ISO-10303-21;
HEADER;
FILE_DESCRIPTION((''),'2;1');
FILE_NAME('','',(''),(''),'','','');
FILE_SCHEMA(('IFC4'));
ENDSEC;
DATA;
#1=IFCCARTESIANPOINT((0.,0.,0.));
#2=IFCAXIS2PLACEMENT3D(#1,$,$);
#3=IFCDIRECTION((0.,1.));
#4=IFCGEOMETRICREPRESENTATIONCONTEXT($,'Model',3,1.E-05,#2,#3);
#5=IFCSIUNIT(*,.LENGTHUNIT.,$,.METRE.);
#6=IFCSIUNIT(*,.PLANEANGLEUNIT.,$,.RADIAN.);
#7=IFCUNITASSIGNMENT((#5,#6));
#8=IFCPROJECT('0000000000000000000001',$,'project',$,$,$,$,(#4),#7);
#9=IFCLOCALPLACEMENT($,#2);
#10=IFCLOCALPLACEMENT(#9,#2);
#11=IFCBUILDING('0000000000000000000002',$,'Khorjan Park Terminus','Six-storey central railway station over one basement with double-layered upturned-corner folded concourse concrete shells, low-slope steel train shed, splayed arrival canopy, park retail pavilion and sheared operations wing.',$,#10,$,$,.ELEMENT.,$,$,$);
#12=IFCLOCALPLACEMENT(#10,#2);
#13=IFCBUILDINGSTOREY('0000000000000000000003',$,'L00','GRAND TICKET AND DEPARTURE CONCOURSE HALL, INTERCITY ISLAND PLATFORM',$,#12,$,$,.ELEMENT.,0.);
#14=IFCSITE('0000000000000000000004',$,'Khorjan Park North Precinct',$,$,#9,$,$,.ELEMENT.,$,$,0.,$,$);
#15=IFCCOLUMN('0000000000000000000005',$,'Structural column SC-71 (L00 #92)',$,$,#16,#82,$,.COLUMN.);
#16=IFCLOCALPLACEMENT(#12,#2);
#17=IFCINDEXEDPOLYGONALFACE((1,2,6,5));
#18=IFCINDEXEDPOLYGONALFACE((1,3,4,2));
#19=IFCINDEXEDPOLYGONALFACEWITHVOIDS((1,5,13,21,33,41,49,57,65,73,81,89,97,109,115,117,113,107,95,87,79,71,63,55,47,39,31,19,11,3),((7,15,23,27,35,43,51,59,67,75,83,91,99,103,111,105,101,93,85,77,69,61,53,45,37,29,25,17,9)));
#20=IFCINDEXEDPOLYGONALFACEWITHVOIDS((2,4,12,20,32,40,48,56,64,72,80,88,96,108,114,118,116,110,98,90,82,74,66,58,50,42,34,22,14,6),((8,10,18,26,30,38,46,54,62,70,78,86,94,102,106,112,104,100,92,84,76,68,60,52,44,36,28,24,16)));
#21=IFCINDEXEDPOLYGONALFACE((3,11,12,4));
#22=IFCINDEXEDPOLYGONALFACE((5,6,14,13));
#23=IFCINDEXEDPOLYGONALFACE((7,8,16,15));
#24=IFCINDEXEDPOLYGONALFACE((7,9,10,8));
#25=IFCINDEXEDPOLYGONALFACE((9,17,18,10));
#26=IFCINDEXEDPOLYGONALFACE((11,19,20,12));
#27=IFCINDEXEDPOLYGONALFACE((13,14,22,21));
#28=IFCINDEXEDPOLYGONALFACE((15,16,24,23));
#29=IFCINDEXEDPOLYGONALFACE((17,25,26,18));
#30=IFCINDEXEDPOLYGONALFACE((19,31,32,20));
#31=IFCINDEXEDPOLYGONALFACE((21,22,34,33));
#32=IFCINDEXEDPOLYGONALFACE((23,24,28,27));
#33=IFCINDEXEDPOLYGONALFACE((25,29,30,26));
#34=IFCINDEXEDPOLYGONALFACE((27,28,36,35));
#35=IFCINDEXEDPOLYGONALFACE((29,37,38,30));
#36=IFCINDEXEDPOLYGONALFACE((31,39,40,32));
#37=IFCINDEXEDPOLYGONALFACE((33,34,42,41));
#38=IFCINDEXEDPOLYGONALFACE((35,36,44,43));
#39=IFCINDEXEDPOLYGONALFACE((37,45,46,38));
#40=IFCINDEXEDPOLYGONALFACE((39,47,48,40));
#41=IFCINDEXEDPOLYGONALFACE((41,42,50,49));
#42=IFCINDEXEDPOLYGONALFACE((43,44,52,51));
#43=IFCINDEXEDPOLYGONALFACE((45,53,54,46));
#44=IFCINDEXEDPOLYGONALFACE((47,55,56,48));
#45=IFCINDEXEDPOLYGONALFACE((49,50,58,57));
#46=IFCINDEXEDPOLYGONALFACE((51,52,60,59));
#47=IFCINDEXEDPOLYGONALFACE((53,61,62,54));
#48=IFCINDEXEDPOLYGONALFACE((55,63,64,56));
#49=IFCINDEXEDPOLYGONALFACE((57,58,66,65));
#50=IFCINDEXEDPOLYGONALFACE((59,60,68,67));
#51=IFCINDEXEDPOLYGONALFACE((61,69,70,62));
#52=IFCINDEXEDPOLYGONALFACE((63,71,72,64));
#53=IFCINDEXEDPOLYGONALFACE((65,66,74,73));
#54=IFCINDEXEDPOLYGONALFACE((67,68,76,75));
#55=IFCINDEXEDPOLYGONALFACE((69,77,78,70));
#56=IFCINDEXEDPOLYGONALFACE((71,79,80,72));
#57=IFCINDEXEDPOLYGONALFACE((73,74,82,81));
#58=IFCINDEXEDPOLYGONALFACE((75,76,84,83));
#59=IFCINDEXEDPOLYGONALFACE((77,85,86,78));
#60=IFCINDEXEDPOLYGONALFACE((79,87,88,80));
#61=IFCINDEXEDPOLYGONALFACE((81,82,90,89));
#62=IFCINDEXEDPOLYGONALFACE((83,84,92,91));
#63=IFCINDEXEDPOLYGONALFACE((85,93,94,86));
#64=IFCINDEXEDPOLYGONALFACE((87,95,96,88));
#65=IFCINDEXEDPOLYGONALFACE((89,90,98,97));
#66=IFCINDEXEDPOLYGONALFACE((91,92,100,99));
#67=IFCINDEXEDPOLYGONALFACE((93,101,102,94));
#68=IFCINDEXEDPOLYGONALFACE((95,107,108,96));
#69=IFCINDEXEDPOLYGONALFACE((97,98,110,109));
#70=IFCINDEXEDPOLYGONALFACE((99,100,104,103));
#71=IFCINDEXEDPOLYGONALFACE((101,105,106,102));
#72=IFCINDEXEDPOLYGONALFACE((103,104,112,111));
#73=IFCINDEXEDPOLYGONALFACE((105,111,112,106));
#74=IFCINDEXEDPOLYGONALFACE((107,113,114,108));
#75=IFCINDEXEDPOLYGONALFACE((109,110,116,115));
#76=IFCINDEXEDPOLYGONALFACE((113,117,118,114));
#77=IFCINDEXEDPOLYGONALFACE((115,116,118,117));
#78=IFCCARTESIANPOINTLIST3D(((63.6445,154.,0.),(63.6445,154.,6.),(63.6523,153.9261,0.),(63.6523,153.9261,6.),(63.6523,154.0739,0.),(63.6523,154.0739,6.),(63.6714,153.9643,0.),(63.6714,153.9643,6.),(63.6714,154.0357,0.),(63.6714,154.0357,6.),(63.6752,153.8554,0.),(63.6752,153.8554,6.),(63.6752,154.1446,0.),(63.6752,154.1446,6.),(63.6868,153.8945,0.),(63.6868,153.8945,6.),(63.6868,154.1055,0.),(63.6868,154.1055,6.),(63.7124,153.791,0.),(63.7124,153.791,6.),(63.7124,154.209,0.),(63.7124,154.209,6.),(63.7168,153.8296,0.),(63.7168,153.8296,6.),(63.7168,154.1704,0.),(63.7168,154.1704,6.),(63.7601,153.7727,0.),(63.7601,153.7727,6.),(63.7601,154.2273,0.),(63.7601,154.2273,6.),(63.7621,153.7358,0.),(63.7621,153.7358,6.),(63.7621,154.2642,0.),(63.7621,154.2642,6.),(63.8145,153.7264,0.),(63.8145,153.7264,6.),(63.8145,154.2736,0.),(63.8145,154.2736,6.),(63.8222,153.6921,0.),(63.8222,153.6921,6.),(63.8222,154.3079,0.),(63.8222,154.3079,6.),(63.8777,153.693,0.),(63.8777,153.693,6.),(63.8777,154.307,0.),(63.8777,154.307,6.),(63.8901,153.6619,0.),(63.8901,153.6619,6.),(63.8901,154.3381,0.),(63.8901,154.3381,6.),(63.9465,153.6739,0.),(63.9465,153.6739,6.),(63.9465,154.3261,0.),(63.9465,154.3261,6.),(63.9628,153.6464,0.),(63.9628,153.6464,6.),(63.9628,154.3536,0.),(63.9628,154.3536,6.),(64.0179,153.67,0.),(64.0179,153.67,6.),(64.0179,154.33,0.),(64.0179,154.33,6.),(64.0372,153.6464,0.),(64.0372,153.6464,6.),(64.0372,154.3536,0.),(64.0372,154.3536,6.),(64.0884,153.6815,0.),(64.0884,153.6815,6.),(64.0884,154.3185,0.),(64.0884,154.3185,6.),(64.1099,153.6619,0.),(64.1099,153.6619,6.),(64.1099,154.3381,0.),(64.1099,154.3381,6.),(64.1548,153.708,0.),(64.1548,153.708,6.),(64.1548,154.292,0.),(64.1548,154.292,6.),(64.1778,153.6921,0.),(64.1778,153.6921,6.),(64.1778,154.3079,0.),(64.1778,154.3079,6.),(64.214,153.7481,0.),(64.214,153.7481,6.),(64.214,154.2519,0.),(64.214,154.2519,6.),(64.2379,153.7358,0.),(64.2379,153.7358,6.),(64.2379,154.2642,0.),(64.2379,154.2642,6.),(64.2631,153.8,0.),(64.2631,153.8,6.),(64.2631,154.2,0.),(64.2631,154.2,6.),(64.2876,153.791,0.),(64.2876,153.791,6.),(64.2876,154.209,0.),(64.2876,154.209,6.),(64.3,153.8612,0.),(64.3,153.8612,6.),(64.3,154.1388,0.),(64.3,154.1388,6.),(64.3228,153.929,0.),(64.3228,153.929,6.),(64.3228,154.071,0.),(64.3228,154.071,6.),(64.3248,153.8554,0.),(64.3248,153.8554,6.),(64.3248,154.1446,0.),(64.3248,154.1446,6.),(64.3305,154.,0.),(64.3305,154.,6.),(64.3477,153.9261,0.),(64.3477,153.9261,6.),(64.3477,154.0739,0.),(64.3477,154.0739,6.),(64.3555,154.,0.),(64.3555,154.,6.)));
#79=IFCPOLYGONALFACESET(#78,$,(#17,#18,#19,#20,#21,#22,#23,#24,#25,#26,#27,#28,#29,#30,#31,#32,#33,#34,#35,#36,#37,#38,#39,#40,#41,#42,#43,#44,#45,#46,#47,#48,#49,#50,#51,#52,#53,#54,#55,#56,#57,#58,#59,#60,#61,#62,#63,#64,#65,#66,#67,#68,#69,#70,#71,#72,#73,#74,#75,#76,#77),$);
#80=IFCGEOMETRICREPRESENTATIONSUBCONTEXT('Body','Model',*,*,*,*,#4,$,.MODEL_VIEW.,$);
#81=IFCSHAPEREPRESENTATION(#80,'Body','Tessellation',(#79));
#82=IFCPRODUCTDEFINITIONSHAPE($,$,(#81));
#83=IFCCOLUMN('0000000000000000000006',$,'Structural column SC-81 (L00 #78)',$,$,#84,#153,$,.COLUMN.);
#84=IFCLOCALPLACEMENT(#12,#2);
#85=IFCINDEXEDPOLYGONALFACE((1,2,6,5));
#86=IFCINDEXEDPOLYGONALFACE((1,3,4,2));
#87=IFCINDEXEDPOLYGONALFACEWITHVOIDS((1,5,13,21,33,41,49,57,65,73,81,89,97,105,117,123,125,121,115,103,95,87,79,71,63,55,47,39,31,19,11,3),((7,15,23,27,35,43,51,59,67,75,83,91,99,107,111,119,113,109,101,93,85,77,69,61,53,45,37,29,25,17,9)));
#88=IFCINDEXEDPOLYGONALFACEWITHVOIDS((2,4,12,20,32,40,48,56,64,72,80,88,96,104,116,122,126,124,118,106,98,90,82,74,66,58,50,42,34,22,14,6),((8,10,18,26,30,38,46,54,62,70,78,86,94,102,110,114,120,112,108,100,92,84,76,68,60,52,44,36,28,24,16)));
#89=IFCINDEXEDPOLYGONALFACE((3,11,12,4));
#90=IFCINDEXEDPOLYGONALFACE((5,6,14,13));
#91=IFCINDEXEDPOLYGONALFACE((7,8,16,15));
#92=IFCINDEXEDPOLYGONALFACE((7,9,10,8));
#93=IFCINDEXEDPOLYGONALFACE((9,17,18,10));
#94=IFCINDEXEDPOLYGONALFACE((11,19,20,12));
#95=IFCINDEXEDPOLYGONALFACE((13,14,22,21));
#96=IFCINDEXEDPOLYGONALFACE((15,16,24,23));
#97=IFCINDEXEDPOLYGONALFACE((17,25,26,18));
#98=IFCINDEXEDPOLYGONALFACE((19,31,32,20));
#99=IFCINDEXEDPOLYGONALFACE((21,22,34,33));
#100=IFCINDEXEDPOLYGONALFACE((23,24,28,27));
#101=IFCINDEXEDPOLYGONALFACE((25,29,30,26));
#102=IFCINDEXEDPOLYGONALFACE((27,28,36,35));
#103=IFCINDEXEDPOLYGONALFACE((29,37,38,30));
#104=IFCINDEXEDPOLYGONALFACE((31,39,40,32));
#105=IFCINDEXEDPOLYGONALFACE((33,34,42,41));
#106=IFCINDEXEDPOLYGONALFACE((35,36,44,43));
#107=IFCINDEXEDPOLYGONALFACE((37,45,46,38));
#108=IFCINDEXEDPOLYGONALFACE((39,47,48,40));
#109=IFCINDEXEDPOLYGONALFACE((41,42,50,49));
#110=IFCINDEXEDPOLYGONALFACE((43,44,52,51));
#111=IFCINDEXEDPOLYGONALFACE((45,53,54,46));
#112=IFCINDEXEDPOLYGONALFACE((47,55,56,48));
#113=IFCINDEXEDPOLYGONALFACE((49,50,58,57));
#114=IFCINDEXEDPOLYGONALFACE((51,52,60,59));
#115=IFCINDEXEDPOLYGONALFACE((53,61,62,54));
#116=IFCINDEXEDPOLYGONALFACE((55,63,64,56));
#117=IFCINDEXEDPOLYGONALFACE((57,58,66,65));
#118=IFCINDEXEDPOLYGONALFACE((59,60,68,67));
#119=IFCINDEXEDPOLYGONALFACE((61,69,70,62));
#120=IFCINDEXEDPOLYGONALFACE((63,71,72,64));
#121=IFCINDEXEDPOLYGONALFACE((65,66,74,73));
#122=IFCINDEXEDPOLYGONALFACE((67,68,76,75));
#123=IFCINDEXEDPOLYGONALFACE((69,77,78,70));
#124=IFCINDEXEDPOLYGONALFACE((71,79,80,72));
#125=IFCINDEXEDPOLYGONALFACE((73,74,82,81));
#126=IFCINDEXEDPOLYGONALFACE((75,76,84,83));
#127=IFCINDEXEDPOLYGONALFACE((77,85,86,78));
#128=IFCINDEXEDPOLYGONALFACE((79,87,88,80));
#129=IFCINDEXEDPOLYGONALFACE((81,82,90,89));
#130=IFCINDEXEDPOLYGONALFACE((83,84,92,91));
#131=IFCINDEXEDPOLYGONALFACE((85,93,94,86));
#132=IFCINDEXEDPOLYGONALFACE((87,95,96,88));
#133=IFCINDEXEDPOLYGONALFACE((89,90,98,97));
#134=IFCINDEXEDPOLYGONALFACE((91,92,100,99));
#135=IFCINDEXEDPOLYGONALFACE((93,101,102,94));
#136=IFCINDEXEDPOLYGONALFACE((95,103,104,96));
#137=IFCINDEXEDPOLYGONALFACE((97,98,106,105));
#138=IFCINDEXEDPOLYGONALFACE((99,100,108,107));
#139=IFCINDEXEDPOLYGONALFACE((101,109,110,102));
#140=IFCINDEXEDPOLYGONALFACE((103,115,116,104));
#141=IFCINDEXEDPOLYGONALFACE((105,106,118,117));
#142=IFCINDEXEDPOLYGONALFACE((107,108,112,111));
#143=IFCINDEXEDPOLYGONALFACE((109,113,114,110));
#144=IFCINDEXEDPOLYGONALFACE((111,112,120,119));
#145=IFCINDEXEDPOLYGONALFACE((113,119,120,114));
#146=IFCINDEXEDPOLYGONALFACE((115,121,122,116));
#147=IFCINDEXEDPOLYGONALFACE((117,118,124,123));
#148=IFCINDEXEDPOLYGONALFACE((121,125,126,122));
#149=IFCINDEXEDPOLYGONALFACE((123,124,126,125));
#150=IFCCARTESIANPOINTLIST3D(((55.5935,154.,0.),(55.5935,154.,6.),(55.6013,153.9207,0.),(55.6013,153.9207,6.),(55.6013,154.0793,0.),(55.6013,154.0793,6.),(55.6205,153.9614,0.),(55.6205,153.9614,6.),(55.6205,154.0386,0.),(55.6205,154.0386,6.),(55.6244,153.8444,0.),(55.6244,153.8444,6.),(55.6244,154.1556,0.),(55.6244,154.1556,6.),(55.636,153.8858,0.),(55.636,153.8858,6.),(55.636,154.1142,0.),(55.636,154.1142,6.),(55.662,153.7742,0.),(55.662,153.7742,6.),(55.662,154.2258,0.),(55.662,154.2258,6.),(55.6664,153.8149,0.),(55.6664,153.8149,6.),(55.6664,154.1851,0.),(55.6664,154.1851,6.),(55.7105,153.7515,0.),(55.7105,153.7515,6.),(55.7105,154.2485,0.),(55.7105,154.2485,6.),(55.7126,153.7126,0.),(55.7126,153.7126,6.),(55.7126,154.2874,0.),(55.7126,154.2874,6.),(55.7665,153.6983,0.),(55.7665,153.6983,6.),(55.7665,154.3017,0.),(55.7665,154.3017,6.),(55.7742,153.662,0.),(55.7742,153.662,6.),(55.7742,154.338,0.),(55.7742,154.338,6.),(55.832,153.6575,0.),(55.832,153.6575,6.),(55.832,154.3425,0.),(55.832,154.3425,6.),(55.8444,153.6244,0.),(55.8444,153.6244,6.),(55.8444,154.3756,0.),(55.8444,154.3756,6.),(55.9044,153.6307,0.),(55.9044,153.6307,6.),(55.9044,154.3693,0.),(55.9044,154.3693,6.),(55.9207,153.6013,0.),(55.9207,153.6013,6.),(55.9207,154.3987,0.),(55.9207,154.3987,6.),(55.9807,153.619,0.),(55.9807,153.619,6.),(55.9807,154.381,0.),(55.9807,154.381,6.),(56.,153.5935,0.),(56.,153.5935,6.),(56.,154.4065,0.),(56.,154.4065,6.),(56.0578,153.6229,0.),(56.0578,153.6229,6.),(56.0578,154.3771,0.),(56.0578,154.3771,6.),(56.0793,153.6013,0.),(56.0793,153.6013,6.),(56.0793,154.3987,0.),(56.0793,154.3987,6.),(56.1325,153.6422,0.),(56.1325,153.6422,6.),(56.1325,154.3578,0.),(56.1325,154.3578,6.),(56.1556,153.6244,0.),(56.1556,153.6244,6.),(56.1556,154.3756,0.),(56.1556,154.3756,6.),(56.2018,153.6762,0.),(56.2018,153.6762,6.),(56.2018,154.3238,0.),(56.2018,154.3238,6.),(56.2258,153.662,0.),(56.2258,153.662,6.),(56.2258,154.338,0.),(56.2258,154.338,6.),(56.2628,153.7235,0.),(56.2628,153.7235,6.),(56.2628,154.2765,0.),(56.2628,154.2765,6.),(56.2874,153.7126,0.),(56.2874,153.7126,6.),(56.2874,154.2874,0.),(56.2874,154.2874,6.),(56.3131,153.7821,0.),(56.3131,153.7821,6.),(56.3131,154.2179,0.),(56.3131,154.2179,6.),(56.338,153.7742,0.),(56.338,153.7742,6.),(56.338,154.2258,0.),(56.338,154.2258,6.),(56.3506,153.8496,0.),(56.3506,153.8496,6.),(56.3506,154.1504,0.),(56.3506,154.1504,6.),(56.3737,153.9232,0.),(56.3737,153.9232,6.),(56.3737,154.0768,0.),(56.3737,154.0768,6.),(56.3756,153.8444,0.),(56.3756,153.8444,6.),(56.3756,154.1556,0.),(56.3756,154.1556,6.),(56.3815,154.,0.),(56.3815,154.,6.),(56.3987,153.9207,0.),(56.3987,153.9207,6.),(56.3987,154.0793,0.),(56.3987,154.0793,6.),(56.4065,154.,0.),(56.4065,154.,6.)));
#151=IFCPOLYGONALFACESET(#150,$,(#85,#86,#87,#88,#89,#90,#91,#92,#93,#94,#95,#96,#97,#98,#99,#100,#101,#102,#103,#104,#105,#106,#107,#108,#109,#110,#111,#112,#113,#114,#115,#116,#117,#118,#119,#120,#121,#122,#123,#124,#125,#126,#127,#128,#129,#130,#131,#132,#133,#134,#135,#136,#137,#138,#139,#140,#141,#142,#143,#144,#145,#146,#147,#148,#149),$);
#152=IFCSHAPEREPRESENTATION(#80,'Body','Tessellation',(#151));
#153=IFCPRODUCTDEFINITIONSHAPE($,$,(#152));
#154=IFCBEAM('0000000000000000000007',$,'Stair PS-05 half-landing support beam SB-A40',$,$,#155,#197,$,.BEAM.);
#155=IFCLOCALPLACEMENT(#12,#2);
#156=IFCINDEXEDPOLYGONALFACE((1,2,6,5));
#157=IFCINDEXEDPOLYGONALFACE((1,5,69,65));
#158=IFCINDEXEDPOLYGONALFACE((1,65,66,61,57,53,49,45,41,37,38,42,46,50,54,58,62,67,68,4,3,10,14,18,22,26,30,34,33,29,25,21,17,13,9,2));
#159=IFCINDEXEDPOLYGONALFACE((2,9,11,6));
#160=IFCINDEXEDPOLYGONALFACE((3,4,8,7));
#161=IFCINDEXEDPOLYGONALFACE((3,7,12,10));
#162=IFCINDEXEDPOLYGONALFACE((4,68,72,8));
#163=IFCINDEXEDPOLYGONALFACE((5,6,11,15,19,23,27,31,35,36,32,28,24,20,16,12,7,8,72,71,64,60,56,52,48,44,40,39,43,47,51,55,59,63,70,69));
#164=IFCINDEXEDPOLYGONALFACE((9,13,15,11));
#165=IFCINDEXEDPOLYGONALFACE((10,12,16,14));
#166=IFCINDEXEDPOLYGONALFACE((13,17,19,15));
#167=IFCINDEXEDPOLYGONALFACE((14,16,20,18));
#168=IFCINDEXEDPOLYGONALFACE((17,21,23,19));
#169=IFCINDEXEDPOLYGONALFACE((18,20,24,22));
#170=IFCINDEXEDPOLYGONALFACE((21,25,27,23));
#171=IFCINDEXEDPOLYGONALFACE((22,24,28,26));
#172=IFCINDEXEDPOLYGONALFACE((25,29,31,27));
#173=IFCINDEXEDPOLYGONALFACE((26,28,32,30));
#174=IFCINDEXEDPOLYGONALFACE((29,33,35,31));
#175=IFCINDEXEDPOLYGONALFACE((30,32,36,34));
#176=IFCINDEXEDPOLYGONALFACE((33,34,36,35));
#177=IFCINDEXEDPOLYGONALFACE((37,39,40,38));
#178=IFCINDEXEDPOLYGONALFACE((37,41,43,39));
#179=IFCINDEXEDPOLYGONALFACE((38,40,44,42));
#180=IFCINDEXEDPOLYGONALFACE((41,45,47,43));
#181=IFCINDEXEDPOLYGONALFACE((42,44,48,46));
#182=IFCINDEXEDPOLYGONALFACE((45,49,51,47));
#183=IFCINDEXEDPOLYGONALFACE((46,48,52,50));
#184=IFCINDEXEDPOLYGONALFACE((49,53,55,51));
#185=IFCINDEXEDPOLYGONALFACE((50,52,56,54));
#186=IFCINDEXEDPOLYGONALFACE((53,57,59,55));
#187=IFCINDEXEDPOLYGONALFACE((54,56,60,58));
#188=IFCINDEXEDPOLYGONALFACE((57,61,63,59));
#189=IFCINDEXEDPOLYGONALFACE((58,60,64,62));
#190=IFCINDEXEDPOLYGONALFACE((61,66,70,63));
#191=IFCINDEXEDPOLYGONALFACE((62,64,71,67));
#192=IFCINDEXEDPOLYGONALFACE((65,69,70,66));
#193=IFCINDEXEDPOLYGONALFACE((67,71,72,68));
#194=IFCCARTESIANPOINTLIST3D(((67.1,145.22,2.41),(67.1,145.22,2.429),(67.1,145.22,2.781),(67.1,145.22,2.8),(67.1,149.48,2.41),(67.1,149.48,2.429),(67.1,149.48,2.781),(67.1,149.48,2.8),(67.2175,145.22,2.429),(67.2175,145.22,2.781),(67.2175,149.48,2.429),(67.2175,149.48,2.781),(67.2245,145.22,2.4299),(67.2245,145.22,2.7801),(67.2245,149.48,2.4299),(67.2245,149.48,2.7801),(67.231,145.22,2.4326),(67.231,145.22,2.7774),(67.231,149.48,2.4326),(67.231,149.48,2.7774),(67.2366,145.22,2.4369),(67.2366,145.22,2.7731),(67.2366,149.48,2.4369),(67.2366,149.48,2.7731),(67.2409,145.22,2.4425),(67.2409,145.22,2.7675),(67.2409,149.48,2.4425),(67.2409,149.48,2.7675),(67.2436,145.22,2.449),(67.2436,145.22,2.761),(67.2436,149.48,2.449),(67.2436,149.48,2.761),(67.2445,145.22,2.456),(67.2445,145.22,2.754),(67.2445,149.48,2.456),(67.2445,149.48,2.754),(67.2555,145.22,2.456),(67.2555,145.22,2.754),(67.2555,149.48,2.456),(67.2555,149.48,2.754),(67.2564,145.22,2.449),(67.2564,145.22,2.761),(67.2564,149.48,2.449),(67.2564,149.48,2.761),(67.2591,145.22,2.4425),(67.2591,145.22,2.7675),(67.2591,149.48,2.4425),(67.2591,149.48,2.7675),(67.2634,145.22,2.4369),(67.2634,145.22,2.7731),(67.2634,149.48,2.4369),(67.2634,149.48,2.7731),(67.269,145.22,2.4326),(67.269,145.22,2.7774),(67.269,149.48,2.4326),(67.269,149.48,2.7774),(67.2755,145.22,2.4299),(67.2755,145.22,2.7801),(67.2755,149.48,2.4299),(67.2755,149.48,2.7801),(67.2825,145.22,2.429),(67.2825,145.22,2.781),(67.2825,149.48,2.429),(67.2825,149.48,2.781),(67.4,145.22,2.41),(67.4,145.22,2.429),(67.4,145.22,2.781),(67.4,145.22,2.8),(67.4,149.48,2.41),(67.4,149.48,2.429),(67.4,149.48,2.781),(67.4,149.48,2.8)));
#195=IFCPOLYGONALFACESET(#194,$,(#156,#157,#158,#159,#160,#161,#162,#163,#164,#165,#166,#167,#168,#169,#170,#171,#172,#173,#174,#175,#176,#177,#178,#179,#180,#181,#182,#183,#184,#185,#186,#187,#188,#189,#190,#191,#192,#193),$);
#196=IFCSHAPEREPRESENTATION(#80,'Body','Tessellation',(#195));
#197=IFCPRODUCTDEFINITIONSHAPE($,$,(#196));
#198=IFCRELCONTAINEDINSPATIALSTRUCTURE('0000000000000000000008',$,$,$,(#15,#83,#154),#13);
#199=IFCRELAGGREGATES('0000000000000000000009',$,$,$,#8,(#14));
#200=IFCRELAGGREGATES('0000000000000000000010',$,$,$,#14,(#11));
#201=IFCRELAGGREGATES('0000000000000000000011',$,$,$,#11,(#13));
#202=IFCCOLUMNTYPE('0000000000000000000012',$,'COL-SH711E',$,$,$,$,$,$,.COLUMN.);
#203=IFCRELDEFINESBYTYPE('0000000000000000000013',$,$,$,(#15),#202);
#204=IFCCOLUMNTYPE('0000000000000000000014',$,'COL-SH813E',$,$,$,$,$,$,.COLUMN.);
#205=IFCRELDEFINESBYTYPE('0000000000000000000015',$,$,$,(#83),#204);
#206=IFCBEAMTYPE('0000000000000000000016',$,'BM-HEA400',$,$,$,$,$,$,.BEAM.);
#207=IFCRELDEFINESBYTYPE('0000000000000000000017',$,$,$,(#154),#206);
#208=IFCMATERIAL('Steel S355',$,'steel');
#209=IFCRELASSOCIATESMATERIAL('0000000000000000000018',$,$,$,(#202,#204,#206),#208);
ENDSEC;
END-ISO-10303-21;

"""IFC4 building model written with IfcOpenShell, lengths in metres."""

from ifc_helpers import new_model, si_unit, direction, frame, origin, origin_2d, place, context, subcontext, project, spatial, hollow_circle, i_section, extrude, material, material_profile, profile_set, type_object, element, save


model = new_model("IFC4")

# Units and contexts
model_context = context("Model", 3, precision=1e-05, world=origin(), true_north=direction((0.0, 1.0)))
body_context = subcontext(model_context, "Body", "Model", "MODEL_VIEW")
ifc_project = project(units=[si_unit("LENGTHUNIT", "METRE"), si_unit("PLANEANGLEUNIT", "RADIAN")], contexts=[model_context])

# Site, building, storey
site_placement = place(None, origin())
site = spatial("IfcSite", under=ifc_project, at=site_placement, Name="Khorjan Park North Precinct", CompositionType="ELEMENT", RefElevation=0.0)
building_placement = place(site_placement, origin())
building = spatial("IfcBuilding", under=site, at=building_placement, Name="Khorjan Park Terminus", Description="Six-storey central railway station over one basement with double-layered upturned-corner folded concourse concrete shells, low-slope steel train shed, splayed arrival canopy, park retail pavilion and sheared operations wing.", CompositionType="ELEMENT")
storey_placement = place(building_placement, origin())
storey = spatial("IfcBuildingStorey", under=building, at=storey_placement, Name="L00", Description="GRAND TICKET AND DEPARTURE CONCOURSE HALL, INTERCITY ISLAND PLATFORM", CompositionType="ELEMENT", Elevation=0.0)

# Columns
ifc_material_1 = material(Name="Steel S355", Category="steel")
ifc_material_profile_1 = material_profile(ifc_material_1, hollow_circle(Radius=0.3555, WallThickness=0.025, at=origin_2d()), Name="CHS 711x25")
ifc_profile_set_1 = profile_set([ifc_material_profile_1], Name="Steel S355")
column_type_1 = type_object("IfcColumnType", Name="COL-SH711E", PredefinedType="COLUMN", material=ifc_profile_set_1)
column_1_placement = place(storey_placement, frame((64.0, 154.0, 0.0), z_axis=(0.0, 0.0, 1.0), x_axis=(1.0, 0.0, 0.0)))
element("IfcColumn", 1, at=column_1_placement, inside=storey, type_object=column_type_1, Name="Structural column SC-71 (L00 #92)", PredefinedType="COLUMN", context=body_context, shape_type="SweptSolid", body=[
    extrude(hollow_circle(Radius=0.3555, WallThickness=0.025, at=origin_2d()), origin(), (0.0, 0.0, 1.0), 6.0),
])
ifc_material_profile_2 = material_profile(ifc_material_1, hollow_circle(Radius=0.4065, WallThickness=0.025, at=origin_2d()), Name="CHS 813x25")
ifc_profile_set_2 = profile_set([ifc_material_profile_2], Name="Steel S355")
column_type_2 = type_object("IfcColumnType", Name="COL-SH813E", PredefinedType="COLUMN", material=ifc_profile_set_2)
column_2_placement = place(storey_placement, frame((56.0, 154.0, 0.0), z_axis=(0.0, 0.0, 1.0), x_axis=(1.0, 0.0, 0.0)))
element("IfcColumn", 2, at=column_2_placement, inside=storey, type_object=column_type_2, Name="Structural column SC-81 (L00 #78)", PredefinedType="COLUMN", context=body_context, shape_type="SweptSolid", body=[
    extrude(hollow_circle(Radius=0.4065, WallThickness=0.025, at=origin_2d()), origin(), (0.0, 0.0, 1.0), 6.0),
])

# Beam
ifc_material_profile_3 = material_profile(ifc_material_1, i_section(OverallWidth=0.3, OverallDepth=0.39, WebThickness=0.011, FlangeThickness=0.019, FilletRadius=0.027, at=origin_2d()), Name="HEA 400")
ifc_profile_set_3 = profile_set([ifc_material_profile_3], Name="Steel S355")
beam_type_1 = type_object("IfcBeamType", Name="BM-HEA400", PredefinedType="BEAM", material=ifc_profile_set_3)
beam_1_placement = place(storey_placement, frame((67.25, 145.22, 2.605), z_axis=(0.0, 1.0, 0.0), x_axis=(-1.0, 0.0, 0.0)))
element("IfcBeam", 3, at=beam_1_placement, inside=storey, type_object=beam_type_1, Name="Stair PS-05 half-landing support beam SB-A40", PredefinedType="BEAM", context=body_context, shape_type="SweptSolid", body=[
    extrude(i_section(OverallWidth=0.3, OverallDepth=0.39, WebThickness=0.011, FlangeThickness=0.019, FilletRadius=0.027, at=origin_2d()), origin(), (0.0, 0.0, 1.0), 4.26),
])

save(model, "model.ifc")
